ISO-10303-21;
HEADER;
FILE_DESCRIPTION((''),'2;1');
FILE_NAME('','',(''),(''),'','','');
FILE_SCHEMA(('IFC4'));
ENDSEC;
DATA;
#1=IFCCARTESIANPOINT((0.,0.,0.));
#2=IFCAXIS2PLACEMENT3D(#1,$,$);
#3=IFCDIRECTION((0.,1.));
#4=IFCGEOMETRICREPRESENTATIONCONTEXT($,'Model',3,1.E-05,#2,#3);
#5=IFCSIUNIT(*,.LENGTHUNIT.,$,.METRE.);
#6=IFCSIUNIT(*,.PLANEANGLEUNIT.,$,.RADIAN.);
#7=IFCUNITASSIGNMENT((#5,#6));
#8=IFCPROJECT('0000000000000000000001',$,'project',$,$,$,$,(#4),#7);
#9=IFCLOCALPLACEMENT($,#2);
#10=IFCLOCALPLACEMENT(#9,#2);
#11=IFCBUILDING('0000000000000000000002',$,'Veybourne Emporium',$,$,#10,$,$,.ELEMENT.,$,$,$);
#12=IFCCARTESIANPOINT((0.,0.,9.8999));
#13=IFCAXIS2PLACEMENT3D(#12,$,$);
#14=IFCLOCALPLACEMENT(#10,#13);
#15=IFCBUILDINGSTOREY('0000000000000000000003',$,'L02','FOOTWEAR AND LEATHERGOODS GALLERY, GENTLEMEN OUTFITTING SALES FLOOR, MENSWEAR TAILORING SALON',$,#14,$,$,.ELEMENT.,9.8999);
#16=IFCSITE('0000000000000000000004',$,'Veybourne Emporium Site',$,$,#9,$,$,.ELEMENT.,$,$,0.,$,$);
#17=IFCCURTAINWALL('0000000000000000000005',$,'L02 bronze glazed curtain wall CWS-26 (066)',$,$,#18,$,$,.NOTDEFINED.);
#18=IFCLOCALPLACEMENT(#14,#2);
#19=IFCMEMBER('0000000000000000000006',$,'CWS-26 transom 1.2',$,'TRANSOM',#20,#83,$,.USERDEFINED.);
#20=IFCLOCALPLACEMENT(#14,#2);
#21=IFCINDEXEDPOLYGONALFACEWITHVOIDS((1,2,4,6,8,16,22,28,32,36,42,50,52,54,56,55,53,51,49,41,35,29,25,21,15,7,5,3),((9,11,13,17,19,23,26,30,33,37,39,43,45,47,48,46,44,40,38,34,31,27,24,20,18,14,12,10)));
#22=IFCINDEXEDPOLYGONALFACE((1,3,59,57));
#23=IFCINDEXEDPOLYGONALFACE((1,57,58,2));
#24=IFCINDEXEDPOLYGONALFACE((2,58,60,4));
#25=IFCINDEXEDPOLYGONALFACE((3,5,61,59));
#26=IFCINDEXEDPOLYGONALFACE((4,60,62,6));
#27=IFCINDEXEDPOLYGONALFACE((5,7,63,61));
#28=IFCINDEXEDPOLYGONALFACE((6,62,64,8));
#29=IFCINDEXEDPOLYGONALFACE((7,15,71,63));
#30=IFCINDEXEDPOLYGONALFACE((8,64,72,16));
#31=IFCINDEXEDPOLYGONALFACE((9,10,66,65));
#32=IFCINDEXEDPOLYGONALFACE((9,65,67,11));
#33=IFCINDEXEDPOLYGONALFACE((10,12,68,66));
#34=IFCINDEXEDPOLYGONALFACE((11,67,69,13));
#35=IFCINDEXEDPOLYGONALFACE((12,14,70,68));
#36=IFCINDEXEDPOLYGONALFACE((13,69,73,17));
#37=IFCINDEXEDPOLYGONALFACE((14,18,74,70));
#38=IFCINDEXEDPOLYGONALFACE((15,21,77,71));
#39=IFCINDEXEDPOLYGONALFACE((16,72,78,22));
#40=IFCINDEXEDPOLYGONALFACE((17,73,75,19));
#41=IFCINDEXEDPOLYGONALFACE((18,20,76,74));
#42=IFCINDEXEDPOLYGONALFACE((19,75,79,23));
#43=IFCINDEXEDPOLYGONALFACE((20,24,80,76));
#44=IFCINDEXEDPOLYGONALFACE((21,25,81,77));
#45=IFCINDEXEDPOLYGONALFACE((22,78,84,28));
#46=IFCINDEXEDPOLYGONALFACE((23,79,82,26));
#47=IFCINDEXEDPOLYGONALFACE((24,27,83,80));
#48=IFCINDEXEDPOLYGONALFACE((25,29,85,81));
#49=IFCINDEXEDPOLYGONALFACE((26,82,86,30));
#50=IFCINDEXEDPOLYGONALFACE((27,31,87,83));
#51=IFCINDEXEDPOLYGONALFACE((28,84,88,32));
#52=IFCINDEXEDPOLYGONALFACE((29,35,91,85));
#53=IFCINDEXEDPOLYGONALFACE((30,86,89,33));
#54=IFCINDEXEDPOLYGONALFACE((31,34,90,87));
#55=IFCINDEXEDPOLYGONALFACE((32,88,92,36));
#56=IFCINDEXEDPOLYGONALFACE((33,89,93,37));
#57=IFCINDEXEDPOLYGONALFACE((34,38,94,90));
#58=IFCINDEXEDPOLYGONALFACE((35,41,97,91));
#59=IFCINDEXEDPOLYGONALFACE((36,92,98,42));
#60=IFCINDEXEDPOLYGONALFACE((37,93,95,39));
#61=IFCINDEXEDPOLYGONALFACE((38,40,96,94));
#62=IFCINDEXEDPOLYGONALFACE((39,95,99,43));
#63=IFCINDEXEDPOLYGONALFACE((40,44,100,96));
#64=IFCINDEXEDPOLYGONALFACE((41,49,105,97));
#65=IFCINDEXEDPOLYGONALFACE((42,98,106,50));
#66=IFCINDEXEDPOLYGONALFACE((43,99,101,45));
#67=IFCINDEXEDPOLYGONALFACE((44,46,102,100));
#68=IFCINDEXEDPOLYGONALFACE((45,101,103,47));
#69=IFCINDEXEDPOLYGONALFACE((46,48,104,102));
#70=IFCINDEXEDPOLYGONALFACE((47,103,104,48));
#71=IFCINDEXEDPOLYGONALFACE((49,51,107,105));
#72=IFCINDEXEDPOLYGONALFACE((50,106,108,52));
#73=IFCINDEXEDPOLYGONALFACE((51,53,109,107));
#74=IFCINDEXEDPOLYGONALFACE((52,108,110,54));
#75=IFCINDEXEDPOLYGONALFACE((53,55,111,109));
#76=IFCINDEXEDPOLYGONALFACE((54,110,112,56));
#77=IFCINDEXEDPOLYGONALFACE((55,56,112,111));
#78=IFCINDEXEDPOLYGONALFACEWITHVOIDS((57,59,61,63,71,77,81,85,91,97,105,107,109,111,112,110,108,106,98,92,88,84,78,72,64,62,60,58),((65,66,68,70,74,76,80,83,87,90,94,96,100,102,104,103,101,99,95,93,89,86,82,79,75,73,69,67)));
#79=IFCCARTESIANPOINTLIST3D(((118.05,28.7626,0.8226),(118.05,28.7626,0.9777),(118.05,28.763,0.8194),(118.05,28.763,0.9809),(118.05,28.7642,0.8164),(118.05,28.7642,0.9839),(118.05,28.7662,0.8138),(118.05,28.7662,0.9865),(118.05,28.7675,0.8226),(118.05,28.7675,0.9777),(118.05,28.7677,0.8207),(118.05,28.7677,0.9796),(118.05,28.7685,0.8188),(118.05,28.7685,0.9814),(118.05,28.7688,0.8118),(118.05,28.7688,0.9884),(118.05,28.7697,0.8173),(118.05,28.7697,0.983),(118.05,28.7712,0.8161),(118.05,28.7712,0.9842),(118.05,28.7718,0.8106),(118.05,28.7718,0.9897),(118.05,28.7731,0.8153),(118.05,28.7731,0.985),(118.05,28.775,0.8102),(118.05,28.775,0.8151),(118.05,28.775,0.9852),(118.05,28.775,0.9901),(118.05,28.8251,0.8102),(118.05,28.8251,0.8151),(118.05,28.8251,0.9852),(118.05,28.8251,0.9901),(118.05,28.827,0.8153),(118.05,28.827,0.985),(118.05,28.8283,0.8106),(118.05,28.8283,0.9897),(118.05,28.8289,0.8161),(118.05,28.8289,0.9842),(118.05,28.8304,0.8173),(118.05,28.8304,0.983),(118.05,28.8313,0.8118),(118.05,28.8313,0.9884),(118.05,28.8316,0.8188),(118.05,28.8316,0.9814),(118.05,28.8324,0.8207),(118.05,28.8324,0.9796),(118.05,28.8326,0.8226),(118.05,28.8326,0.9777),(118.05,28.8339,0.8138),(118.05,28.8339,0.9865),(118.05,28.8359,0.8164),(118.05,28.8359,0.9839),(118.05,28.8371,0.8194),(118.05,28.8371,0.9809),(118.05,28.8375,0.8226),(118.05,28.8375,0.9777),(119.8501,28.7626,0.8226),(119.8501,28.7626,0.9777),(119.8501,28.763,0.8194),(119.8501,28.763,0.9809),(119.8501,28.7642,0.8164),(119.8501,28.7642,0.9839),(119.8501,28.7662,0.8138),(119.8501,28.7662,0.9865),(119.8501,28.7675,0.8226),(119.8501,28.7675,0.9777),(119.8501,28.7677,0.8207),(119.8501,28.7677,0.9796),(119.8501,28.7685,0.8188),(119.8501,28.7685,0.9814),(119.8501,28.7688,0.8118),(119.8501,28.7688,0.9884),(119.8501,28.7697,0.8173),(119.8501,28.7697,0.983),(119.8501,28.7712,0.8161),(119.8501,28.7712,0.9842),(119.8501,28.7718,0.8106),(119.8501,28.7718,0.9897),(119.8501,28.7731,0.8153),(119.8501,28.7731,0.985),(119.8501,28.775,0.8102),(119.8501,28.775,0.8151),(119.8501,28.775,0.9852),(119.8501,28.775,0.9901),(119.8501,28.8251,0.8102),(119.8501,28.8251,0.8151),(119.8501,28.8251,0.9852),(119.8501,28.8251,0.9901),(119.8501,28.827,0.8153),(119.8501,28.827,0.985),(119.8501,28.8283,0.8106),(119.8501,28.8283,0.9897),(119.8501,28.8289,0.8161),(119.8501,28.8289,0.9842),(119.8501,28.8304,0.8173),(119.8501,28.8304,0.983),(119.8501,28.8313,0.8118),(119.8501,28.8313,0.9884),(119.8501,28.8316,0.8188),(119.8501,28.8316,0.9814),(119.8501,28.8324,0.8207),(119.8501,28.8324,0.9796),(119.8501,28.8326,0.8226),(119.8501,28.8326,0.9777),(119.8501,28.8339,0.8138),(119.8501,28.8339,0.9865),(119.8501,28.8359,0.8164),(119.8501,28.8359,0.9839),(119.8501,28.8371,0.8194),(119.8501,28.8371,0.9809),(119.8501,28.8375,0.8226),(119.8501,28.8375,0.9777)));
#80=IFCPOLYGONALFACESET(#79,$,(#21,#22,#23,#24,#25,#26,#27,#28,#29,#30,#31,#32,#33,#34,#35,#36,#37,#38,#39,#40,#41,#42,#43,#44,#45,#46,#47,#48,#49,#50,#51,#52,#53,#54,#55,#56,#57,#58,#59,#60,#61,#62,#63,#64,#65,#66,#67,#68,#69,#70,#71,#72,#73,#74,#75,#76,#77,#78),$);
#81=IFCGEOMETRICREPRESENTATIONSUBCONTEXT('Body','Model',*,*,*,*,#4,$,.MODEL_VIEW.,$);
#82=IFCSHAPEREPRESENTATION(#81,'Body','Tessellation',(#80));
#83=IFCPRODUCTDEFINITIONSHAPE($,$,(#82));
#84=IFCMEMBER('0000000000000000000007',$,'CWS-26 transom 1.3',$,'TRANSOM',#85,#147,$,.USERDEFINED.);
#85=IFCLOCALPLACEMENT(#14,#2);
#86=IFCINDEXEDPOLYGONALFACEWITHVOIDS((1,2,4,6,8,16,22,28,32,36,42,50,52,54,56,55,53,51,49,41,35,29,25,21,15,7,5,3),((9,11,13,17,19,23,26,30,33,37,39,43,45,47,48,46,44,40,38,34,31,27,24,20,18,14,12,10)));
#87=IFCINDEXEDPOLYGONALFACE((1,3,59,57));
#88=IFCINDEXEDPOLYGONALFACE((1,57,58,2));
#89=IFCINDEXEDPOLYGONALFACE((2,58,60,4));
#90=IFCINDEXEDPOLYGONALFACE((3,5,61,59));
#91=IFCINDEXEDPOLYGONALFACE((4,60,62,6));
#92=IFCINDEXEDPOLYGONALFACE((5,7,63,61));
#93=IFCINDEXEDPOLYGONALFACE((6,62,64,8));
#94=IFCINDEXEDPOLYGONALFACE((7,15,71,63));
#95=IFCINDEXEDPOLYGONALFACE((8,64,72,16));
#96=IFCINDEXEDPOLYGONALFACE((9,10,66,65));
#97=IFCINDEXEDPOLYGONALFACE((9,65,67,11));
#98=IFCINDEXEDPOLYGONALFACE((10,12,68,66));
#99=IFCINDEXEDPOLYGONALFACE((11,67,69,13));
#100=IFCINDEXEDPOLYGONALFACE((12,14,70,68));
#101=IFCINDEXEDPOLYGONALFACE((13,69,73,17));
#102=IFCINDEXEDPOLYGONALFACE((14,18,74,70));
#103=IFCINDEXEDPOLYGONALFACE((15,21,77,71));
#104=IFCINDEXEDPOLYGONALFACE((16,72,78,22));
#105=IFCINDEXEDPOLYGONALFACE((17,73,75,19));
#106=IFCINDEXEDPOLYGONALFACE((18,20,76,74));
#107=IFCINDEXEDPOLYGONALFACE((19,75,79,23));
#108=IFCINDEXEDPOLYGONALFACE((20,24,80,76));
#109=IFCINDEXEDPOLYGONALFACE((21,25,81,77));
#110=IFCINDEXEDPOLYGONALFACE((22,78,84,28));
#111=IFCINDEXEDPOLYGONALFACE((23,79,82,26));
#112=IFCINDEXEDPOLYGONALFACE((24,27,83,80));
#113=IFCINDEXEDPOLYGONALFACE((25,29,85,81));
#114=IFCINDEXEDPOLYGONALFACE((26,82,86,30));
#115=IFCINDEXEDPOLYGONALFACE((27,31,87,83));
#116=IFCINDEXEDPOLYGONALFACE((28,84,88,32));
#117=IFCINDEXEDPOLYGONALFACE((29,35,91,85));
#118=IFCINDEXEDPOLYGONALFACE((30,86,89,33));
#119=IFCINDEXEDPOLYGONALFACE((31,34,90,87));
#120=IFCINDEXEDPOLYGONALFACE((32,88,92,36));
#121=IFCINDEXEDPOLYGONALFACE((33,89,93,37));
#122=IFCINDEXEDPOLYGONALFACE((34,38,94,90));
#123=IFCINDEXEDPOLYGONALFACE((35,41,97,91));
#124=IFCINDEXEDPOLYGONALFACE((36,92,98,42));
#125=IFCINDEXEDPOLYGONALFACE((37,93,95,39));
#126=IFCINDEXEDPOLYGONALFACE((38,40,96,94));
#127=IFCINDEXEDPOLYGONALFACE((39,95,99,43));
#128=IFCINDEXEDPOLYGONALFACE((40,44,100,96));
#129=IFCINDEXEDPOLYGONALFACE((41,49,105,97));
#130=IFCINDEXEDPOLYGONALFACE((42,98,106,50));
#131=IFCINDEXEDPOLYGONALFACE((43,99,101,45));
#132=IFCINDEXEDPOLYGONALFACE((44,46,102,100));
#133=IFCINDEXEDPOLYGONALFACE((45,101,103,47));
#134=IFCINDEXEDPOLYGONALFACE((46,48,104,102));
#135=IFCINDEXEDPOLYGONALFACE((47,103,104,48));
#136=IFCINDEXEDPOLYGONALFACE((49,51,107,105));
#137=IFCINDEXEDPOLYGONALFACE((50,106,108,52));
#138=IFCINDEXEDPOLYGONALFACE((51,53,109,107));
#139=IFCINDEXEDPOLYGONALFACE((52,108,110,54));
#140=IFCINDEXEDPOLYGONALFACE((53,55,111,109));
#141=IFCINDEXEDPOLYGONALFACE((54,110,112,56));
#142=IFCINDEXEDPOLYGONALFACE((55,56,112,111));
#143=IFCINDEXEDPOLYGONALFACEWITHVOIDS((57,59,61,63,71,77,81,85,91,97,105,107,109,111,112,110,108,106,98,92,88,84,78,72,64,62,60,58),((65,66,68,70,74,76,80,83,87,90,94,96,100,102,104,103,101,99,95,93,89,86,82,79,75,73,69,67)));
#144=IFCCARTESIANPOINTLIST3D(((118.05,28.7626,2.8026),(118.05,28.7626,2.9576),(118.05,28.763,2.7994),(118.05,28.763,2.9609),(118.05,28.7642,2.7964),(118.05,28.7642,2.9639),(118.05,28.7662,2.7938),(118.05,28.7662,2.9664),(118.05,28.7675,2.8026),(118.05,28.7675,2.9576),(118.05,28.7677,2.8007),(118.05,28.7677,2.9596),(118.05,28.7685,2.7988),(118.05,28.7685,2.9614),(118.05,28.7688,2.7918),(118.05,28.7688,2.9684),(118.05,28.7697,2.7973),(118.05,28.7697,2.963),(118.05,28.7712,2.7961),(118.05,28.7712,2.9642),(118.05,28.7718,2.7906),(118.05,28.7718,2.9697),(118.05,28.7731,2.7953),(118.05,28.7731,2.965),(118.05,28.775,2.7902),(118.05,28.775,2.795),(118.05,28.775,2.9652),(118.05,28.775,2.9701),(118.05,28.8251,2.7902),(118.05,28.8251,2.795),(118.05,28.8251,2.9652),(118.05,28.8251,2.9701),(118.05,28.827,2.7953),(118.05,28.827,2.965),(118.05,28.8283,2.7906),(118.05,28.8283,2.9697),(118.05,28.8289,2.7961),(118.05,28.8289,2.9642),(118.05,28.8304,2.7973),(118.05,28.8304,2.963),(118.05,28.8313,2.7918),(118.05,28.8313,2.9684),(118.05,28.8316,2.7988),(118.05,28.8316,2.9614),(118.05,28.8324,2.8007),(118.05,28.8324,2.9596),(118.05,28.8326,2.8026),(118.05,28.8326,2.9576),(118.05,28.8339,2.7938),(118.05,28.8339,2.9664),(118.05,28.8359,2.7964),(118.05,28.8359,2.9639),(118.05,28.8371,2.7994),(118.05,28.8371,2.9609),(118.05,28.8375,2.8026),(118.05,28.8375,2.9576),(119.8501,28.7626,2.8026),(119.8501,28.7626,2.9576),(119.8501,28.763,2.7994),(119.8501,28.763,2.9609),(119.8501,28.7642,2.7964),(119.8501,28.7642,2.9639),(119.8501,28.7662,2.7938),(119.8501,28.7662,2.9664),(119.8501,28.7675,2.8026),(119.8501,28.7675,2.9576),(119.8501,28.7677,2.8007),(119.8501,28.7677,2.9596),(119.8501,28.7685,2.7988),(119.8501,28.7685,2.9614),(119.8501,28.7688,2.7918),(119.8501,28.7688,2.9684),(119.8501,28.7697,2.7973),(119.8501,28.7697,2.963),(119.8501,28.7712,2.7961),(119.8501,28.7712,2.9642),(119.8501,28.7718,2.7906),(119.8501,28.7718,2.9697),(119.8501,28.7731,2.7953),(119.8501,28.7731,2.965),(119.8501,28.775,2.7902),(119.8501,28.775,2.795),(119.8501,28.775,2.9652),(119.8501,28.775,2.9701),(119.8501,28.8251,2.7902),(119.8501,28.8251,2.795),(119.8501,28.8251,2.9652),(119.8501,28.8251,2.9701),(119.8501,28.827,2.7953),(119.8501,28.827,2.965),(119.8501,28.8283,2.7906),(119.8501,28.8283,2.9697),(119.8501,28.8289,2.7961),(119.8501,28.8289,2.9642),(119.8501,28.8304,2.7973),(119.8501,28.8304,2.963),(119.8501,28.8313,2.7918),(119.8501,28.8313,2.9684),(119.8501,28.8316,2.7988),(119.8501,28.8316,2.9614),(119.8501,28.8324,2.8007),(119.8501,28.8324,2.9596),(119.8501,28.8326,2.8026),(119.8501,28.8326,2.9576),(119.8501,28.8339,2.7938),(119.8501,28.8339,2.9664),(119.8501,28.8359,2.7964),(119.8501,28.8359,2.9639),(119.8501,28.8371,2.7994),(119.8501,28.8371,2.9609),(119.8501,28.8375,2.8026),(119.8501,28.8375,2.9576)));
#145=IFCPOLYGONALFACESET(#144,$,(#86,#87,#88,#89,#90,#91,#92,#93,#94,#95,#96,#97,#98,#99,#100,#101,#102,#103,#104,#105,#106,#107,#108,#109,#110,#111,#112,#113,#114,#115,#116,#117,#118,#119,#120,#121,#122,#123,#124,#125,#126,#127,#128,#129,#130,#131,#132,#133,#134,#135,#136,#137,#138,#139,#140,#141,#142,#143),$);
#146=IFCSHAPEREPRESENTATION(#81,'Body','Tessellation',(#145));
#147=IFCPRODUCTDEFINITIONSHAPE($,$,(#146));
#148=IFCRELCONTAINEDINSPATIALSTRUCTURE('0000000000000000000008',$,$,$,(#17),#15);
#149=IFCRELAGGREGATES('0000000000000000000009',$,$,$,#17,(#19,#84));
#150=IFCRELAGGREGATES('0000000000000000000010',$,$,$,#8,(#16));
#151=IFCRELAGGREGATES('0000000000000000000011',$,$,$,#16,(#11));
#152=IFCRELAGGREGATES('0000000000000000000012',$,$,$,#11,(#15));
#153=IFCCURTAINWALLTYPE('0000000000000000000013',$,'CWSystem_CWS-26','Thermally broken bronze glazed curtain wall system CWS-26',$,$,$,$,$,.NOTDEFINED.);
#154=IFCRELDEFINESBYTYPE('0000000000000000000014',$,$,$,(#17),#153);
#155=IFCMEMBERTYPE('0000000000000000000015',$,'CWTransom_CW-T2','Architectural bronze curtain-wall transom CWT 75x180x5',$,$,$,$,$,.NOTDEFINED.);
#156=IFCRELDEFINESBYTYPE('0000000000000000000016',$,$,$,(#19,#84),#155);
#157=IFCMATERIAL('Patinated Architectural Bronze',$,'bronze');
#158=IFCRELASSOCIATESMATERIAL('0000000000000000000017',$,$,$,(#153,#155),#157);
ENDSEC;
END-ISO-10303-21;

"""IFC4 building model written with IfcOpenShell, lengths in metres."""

from ifc_helpers import new_model, si_unit, direction, frame, origin, origin_2d, place, context, subcontext, project, spatial, hollow_rectangle, extrude, material, material_profile, profile_set, type_object, element, aggregate, save


model = new_model("IFC4")

# Units and contexts
model_context = context("Model", 3, precision=1e-05, world=origin(), true_north=direction((0.0, 1.0)))
body_context = subcontext(model_context, "Body", "Model", "MODEL_VIEW")
ifc_project = project(units=[si_unit("LENGTHUNIT", "METRE"), si_unit("PLANEANGLEUNIT", "RADIAN")], contexts=[model_context])

# Site, building, storey
site_placement = place(None, origin())
site = spatial("IfcSite", under=ifc_project, at=site_placement, Name="Veybourne Emporium Site", CompositionType="ELEMENT", RefElevation=0.0)
building_placement = place(site_placement, origin())
building = spatial("IfcBuilding", under=site, at=building_placement, Name="Veybourne Emporium", CompositionType="ELEMENT")
storey_placement = place(building_placement, frame((0.0, 0.0, 9.8999)))
storey = spatial("IfcBuildingStorey", under=building, at=storey_placement, Name="L02", Description="FOOTWEAR AND LEATHERGOODS GALLERY, GENTLEMEN OUTFITTING SALES FLOOR, MENSWEAR TAILORING SALON", CompositionType="ELEMENT", Elevation=9.8999)

# Curtain wall, members
ifc_material_1 = material(Name="Patinated Architectural Bronze", Category="bronze")
curtain_wall_type = type_object("IfcCurtainWallType", Name="CWSystem_CWS-26", Description="Thermally broken bronze glazed curtain wall system CWS-26", PredefinedType="NOTDEFINED", material=ifc_material_1)
curtain_wall_placement = place(storey_placement, origin())
curtain_wall = element("IfcCurtainWall", 1, at=curtain_wall_placement, inside=storey, type_object=curtain_wall_type, Name="L02 bronze glazed curtain wall CWS-26 (066)", PredefinedType="NOTDEFINED")
ifc_material_profile_1 = material_profile(ifc_material_1, hollow_rectangle(XDim=0.075, YDim=0.1799, WallThickness=0.0049, InnerFilletRadius=0.0076, OuterFilletRadius=0.0125, at=origin_2d()), Name="CWT 75x180x5")
ifc_profile_set_1 = profile_set([ifc_material_profile_1], Name="Patinated Architectural Bronze")
member_type_1 = type_object("IfcMemberType", Name="CWTransom_CW-T2", Description="Architectural bronze curtain-wall transom CWT 75x180x5", PredefinedType="NOTDEFINED", material=ifc_profile_set_1)
member_1_placement = place(storey_placement, frame((118.05, 28.8, 0.9001), z_axis=(1.0, 0.0, 0.0), x_axis=(0.0, 1.0, 0.0)))
member_1 = element("IfcMember", 2, at=member_1_placement, type_object=member_type_1, Name="CWS-26 transom 1.2", ObjectType="TRANSOM", PredefinedType="USERDEFINED", context=body_context, shape_type="SweptSolid", body=[
    extrude(hollow_rectangle(XDim=0.075, YDim=0.1799, WallThickness=0.0049, InnerFilletRadius=0.0076, OuterFilletRadius=0.0125, at=origin_2d()), origin(), (0.0, 0.0, 1.0), 1.8),
])
member_2_placement = place(storey_placement, frame((118.05, 28.8, 2.8801), z_axis=(1.0, 0.0, 0.0), x_axis=(0.0, 1.0, 0.0)))
member_2 = element("IfcMember", 3, at=member_2_placement, type_object=member_type_1, Name="CWS-26 transom 1.3", ObjectType="TRANSOM", PredefinedType="USERDEFINED", context=body_context, shape_type="SweptSolid", body=[
    extrude(hollow_rectangle(XDim=0.075, YDim=0.1799, WallThickness=0.0049, InnerFilletRadius=0.0076, OuterFilletRadius=0.0125, at=origin_2d()), origin(), (0.0, 0.0, 1.0), 1.8),
])

aggregate(curtain_wall, [member_1, member_2])

save(model, "model.ifc")
